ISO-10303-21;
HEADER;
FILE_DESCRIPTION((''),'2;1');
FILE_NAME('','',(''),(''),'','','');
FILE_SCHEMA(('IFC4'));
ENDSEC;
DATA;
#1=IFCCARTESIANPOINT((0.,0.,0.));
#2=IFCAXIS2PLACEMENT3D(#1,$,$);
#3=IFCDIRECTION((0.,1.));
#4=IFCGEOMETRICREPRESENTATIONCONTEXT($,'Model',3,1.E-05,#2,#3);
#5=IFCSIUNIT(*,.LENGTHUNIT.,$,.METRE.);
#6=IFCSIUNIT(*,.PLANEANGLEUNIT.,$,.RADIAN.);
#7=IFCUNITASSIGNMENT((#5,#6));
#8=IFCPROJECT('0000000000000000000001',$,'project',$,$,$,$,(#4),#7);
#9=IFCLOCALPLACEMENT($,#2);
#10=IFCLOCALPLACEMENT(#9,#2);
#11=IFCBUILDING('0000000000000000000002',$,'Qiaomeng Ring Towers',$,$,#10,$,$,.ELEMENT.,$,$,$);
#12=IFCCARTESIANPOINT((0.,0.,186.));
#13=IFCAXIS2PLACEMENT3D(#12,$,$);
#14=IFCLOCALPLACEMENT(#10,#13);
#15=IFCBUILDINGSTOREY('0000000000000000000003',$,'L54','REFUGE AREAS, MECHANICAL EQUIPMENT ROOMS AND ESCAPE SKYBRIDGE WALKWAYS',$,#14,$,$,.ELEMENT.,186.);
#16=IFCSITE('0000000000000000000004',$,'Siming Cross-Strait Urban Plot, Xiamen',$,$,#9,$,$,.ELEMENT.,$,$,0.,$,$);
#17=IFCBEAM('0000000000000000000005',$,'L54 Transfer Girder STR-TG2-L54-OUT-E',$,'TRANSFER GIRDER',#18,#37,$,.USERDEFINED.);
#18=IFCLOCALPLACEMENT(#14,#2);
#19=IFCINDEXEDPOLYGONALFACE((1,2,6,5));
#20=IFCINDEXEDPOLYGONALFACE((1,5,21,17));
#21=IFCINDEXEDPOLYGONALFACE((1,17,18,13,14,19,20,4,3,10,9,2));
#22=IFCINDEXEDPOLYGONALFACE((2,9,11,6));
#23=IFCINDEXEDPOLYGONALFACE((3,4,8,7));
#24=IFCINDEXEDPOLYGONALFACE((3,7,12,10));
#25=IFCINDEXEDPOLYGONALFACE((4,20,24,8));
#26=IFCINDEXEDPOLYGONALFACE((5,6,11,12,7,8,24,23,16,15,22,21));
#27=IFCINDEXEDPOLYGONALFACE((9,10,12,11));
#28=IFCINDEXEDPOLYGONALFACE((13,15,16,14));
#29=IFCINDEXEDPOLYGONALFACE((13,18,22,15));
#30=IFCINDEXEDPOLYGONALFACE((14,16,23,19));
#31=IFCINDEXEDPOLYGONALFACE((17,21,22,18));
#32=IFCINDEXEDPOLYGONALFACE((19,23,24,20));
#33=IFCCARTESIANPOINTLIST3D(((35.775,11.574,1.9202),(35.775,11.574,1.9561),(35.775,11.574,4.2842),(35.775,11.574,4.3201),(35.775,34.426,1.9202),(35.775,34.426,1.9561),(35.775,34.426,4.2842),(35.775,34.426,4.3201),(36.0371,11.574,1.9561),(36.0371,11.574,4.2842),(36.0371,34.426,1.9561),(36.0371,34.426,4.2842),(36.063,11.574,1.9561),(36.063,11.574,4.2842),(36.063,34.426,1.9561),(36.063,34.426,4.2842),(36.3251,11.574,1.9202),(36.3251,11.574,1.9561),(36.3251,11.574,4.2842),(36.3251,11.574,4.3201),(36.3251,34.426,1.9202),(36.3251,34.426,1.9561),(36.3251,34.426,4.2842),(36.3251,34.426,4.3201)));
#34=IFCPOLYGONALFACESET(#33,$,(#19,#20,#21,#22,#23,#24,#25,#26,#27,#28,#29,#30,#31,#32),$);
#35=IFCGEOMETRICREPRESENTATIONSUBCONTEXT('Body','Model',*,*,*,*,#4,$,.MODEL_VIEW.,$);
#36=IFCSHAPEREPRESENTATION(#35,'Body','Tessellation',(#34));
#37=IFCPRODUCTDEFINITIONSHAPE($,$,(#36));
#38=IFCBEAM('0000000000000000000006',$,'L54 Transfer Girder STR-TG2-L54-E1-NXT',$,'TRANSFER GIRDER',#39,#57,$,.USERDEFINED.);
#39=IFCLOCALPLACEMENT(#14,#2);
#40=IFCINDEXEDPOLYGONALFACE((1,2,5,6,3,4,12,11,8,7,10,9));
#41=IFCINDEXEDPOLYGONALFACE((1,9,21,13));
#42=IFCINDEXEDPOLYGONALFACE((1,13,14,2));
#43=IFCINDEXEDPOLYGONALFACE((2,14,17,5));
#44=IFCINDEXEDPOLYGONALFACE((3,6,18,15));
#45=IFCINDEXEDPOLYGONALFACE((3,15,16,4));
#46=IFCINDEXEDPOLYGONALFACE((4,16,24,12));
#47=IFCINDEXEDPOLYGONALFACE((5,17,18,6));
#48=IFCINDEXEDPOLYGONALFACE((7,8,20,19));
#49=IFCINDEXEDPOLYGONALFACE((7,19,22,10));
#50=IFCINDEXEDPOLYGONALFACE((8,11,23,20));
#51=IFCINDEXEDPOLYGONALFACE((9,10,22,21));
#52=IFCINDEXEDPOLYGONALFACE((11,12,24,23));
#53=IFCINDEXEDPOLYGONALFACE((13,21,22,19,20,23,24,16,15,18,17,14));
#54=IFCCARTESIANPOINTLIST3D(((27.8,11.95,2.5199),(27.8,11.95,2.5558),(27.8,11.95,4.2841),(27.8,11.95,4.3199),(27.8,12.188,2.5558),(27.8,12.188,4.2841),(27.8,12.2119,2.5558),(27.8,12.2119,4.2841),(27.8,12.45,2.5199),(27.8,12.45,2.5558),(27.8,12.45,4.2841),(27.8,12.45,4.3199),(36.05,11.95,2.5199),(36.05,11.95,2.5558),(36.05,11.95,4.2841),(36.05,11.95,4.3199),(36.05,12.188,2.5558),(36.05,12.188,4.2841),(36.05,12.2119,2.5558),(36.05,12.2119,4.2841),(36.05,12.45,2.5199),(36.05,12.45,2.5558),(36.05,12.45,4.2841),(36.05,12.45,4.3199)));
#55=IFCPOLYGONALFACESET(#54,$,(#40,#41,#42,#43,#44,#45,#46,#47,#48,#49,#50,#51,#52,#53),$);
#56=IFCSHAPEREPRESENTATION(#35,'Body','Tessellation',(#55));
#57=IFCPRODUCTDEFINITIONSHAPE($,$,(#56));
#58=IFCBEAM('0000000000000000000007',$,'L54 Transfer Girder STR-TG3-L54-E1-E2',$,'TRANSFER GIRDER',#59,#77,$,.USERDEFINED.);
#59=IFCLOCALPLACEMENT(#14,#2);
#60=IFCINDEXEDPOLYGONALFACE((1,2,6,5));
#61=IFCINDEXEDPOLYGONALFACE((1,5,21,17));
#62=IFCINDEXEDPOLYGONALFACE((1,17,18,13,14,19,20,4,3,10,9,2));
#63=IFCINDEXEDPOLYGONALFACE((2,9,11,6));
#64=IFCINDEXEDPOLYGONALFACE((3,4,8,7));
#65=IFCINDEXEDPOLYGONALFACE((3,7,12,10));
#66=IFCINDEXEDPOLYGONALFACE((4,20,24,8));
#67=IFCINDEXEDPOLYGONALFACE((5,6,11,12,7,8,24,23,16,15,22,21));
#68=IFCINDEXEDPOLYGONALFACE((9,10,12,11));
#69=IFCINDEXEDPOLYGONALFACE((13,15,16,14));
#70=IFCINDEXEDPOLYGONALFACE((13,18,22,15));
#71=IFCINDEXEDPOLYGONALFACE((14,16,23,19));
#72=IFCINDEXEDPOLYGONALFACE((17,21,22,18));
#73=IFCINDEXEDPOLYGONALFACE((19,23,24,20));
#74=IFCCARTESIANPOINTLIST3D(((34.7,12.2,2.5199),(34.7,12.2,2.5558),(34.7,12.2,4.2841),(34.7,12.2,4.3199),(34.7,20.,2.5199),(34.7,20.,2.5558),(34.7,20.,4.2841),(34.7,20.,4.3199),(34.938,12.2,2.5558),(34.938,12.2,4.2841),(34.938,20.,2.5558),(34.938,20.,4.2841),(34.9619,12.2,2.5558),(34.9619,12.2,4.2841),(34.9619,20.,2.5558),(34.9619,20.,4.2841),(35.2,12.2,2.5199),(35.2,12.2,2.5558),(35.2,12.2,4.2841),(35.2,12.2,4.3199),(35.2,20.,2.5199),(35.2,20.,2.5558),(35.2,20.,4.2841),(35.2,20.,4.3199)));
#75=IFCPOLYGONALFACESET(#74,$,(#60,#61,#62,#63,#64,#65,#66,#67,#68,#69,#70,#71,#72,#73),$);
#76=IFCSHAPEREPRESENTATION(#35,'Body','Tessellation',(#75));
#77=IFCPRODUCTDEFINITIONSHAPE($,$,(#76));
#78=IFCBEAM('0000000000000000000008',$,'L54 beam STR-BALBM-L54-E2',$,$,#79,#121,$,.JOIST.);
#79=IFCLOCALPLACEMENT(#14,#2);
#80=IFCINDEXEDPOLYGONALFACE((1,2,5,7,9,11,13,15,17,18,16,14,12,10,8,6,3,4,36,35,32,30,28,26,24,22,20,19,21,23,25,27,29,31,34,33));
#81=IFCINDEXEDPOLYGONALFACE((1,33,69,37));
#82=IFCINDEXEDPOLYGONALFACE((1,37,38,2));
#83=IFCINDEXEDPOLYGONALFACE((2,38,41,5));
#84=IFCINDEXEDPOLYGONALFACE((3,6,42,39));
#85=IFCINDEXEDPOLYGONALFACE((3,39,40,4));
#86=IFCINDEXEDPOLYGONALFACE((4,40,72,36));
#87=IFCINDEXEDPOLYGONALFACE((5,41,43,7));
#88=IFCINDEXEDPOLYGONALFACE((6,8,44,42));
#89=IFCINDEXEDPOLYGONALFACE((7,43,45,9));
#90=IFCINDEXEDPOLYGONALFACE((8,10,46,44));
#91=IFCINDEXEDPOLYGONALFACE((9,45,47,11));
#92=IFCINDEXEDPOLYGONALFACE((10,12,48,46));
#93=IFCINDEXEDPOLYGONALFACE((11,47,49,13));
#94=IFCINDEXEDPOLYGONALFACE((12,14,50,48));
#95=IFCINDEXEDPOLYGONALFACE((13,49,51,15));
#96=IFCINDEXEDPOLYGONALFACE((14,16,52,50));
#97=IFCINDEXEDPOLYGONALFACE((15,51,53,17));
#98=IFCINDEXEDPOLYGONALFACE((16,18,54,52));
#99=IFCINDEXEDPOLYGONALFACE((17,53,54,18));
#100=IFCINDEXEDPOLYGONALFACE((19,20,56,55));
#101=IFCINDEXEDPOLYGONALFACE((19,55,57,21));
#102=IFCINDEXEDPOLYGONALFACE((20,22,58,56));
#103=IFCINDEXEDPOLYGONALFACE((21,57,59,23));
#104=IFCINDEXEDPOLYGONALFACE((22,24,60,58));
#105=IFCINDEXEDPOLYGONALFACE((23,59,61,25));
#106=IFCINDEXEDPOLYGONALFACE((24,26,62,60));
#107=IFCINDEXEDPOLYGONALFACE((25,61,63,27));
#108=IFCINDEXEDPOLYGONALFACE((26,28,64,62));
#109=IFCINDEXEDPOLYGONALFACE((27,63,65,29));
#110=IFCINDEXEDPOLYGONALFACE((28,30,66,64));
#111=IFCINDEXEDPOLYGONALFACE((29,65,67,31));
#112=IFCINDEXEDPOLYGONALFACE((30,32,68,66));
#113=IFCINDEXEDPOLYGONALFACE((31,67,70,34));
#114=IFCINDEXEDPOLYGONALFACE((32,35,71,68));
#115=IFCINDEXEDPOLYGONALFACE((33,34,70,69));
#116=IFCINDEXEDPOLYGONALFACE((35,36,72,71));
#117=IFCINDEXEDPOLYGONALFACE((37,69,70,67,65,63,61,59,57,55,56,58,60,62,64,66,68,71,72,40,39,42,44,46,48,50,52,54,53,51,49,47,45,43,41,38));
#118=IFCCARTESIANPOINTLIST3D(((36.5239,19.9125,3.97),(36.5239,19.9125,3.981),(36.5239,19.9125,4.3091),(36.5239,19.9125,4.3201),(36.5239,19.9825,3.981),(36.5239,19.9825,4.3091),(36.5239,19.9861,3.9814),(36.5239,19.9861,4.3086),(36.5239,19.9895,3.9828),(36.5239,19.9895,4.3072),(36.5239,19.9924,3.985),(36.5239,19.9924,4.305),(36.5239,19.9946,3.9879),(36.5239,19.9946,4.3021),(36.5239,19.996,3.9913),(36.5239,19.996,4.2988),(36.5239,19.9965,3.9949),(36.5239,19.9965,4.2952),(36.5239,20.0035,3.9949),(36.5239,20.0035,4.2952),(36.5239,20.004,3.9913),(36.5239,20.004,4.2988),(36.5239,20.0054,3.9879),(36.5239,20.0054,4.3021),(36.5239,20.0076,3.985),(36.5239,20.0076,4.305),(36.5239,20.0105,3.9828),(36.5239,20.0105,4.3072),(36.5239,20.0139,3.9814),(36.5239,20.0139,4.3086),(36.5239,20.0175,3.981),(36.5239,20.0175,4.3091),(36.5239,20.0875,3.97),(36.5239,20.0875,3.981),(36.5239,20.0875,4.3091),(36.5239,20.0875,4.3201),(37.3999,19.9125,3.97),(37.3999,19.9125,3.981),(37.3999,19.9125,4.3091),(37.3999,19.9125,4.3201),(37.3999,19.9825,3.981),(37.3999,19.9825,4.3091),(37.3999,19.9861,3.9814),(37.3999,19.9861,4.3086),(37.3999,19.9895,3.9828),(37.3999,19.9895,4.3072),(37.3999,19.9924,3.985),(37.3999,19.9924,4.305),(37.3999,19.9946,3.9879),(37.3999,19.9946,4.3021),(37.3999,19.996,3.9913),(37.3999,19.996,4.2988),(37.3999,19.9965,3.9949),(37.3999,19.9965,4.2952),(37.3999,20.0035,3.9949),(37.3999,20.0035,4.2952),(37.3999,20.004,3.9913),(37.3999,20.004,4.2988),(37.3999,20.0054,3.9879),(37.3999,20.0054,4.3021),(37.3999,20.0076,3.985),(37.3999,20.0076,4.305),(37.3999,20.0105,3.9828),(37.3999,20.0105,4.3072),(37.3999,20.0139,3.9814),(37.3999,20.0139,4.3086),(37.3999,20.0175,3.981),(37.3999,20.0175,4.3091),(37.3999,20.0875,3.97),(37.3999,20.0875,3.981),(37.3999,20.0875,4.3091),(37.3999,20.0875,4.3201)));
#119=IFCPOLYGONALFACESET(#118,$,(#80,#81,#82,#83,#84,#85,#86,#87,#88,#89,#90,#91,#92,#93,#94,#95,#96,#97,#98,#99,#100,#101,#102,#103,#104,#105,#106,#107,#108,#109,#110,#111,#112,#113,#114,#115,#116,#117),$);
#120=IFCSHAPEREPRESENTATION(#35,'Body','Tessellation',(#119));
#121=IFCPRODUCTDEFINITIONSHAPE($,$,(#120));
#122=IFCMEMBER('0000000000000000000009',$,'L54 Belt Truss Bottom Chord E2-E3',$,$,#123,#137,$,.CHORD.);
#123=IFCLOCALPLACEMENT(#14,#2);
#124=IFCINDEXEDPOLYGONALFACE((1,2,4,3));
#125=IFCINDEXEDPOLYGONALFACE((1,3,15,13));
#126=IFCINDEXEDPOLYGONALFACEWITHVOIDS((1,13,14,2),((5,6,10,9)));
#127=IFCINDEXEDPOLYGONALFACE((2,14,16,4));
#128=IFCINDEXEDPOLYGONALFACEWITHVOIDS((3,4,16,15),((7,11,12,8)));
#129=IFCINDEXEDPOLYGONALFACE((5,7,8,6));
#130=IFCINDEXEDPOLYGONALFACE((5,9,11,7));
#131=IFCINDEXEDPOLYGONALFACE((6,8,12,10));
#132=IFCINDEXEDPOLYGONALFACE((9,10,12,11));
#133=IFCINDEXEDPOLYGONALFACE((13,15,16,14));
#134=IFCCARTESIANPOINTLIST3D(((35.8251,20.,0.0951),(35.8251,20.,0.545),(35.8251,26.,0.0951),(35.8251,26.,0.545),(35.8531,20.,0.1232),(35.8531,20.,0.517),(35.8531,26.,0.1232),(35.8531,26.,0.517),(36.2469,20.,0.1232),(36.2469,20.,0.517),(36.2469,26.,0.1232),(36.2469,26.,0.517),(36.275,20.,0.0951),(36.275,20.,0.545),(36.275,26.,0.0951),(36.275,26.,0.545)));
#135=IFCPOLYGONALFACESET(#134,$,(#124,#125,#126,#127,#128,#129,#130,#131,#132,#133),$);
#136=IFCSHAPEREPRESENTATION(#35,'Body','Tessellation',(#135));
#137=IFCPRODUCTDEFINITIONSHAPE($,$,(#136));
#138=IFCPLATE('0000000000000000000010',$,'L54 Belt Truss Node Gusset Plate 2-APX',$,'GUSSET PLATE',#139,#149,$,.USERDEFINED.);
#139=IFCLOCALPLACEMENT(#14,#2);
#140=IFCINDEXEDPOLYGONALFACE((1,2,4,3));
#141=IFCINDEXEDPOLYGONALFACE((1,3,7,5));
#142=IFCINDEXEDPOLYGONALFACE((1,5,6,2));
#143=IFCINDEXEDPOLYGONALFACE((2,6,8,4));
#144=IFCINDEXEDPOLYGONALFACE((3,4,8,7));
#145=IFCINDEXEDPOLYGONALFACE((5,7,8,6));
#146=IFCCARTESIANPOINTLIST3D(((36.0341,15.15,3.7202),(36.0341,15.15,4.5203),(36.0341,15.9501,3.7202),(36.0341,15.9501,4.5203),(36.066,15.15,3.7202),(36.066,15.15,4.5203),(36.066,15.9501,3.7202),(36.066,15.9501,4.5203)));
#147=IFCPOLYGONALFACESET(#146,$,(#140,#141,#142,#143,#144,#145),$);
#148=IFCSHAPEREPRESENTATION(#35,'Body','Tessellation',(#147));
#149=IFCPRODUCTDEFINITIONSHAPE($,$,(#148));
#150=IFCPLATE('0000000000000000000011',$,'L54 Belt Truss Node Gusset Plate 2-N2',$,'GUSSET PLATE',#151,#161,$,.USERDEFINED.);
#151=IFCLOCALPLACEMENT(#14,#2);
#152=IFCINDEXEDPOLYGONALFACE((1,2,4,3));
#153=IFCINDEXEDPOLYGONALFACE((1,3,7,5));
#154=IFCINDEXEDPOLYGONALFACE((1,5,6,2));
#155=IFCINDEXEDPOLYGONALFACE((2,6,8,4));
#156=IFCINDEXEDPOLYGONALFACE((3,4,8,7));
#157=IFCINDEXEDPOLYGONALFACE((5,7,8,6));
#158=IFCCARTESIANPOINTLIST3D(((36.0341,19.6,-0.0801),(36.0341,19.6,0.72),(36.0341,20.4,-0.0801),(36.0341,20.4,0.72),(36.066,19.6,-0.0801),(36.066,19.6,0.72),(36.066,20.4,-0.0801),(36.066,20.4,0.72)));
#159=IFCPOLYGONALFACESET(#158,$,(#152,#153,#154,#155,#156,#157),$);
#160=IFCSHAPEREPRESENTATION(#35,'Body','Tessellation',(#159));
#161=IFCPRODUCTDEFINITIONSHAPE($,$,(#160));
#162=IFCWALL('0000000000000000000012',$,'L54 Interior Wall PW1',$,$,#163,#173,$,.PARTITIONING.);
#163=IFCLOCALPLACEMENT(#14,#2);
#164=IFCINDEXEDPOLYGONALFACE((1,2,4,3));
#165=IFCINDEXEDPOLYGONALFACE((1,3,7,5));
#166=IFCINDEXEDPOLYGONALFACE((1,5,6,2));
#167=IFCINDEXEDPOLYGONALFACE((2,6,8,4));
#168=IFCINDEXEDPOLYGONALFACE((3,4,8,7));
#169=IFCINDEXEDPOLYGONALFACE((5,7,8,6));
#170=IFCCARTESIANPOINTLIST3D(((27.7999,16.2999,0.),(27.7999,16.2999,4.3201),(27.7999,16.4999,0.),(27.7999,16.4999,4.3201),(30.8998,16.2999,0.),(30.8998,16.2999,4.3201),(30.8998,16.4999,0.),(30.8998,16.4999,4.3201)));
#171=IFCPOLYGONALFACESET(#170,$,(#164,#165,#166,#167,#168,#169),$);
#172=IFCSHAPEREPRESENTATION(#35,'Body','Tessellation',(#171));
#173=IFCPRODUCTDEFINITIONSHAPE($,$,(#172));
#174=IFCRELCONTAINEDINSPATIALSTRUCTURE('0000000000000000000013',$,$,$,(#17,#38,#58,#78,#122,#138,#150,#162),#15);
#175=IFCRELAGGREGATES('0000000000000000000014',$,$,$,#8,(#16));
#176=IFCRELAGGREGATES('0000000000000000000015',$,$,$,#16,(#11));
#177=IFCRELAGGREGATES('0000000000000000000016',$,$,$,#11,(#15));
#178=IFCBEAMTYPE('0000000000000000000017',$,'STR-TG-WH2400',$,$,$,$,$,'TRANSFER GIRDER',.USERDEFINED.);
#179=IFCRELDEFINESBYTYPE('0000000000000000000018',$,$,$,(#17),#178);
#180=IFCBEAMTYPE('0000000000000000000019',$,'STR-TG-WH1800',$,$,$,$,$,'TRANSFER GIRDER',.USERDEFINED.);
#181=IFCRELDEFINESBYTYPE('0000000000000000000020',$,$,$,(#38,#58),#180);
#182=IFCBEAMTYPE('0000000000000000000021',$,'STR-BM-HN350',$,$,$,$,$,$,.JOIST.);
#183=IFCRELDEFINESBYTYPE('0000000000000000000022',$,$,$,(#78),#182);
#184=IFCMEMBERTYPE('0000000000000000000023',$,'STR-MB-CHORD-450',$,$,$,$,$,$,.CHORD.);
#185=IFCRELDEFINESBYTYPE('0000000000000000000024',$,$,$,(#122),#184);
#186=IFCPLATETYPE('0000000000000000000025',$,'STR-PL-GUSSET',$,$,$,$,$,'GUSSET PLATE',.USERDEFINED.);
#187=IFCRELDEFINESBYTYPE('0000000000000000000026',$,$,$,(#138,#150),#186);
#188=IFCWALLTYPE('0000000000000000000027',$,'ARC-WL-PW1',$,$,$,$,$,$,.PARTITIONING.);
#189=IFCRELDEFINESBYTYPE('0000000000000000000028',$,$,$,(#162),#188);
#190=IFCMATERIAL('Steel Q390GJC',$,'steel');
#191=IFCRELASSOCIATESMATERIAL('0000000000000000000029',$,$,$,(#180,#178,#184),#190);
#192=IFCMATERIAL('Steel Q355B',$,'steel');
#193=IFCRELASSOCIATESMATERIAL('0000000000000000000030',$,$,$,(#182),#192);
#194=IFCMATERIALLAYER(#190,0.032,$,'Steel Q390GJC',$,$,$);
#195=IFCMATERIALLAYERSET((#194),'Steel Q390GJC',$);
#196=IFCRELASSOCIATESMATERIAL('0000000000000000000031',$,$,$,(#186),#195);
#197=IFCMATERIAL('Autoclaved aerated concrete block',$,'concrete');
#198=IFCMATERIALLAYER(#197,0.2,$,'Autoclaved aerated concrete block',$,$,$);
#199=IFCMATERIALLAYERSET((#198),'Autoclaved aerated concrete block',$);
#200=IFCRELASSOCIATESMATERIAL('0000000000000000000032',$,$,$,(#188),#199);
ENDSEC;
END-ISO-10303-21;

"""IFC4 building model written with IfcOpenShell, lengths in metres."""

from ifc_helpers import new_model, si_unit, direction, frame, frame_2d, origin, origin_2d, place, context, subcontext, project, spatial, rectangle, hollow_rectangle, i_section, extrude, source, transform, mapped, material, layer, layer_set, material_profile, profile_set, type_object, element, save


model = new_model("IFC4")

# Units and contexts
model_context = context("Model", 3, precision=1e-05, world=origin(), true_north=direction((0.0, 1.0)))
body_context = subcontext(model_context, "Body", "Model", "MODEL_VIEW")
ifc_project = project(units=[si_unit("LENGTHUNIT", "METRE"), si_unit("PLANEANGLEUNIT", "RADIAN")], contexts=[model_context])

# Site, building, storey
site_placement = place(None, origin())
site = spatial("IfcSite", under=ifc_project, at=site_placement, Name="Siming Cross-Strait Urban Plot, Xiamen", CompositionType="ELEMENT", RefElevation=0.0)
building_placement = place(site_placement, origin())
building = spatial("IfcBuilding", under=site, at=building_placement, Name="Qiaomeng Ring Towers", CompositionType="ELEMENT")
storey_placement = place(building_placement, frame((0.0, 0.0, 186.0)))
storey = spatial("IfcBuildingStorey", under=building, at=storey_placement, Name="L54", Description="REFUGE AREAS, MECHANICAL EQUIPMENT ROOMS AND ESCAPE SKYBRIDGE WALKWAYS", CompositionType="ELEMENT", Elevation=186.0)

# Shared definitions
ifc_material_1 = material(Name="Steel Q390GJC", Category="steel")

# Shared definitions
ifc_material_profile_1 = material_profile(ifc_material_1, i_section(OverallWidth=0.5, OverallDepth=1.8, WebThickness=0.0239, FlangeThickness=0.0359, at=origin_2d()), Name="WH 1800x500x24x36")
ifc_profile_set_1 = profile_set([ifc_material_profile_1], Name="Steel Q390GJC")
beam_type_1 = type_object("IfcBeamType", Name="STR-TG-WH1800", ElementType="TRANSFER GIRDER", PredefinedType="USERDEFINED", material=ifc_profile_set_1)

# Beams
ifc_material_profile_2 = material_profile(ifc_material_1, i_section(OverallWidth=0.55, OverallDepth=2.3999, WebThickness=0.0259, FlangeThickness=0.0359, at=origin_2d()), Name="WH 2400x550x26x36")
ifc_profile_set_2 = profile_set([ifc_material_profile_2], Name="Steel Q390GJC")
beam_type_2 = type_object("IfcBeamType", Name="STR-TG-WH2400", ElementType="TRANSFER GIRDER", PredefinedType="USERDEFINED", material=ifc_profile_set_2)
shared_shape_1 = source(origin(), body_context, "Body", "SweptSolid", [
    extrude(i_section(OverallWidth=0.55, OverallDepth=2.3999, WebThickness=0.0259, FlangeThickness=0.0359, at=origin_2d()), origin(), (0.0, 0.0, 1.0), 22.8521),
])
beam_1_placement = place(storey_placement, frame((36.05, 11.574, 3.1201), z_axis=(0.0, 1.0, 0.0), x_axis=(-1.0, 0.0, 0.0)))
element("IfcBeam", 1, at=beam_1_placement, inside=storey, type_object=beam_type_2, Name="L54 Transfer Girder STR-TG2-L54-OUT-E", ObjectType="TRANSFER GIRDER", PredefinedType="USERDEFINED", context=body_context, shape_type="MappedRepresentation", body=[
    mapped(shared_shape_1, transform((0.0, 0.0, 0.0), x_axis=(1.0, 0.0, 0.0), y_axis=(0.0, 1.0, 0.0), z_axis=(0.0, 0.0, 1.0), scale=1.0)),
])
shared_shape_2 = source(origin(), body_context, "Body", "SweptSolid", [
    extrude(i_section(OverallWidth=0.5, OverallDepth=1.8, WebThickness=0.0239, FlangeThickness=0.0359, at=origin_2d()), origin(), (0.0, 0.0, 1.0), 8.25),
])
beam_2_placement = place(storey_placement, frame((27.8, 12.2, 3.4199), z_axis=(1.0, 0.0, 0.0), x_axis=(0.0, 1.0, 0.0)))
element("IfcBeam", 2, at=beam_2_placement, inside=storey, type_object=beam_type_1, Name="L54 Transfer Girder STR-TG2-L54-E1-NXT", ObjectType="TRANSFER GIRDER", PredefinedType="USERDEFINED", context=body_context, shape_type="MappedRepresentation", body=[
    mapped(shared_shape_2, transform((0.0, 0.0, 0.0), x_axis=(1.0, 0.0, 0.0), y_axis=(0.0, 1.0, 0.0), z_axis=(0.0, 0.0, 1.0), scale=1.0)),
])
shared_shape_3 = source(origin(), body_context, "Body", "SweptSolid", [
    extrude(i_section(OverallWidth=0.5, OverallDepth=1.8, WebThickness=0.0239, FlangeThickness=0.0359, at=origin_2d()), origin(), (0.0, 0.0, 1.0), 7.8),
])
beam_3_placement = place(storey_placement, frame((34.95, 12.2, 3.4199), z_axis=(0.0, 1.0, 0.0), x_axis=(-1.0, 0.0, 0.0)))
element("IfcBeam", 3, at=beam_3_placement, inside=storey, type_object=beam_type_1, Name="L54 Transfer Girder STR-TG3-L54-E1-E2", ObjectType="TRANSFER GIRDER", PredefinedType="USERDEFINED", context=body_context, shape_type="MappedRepresentation", body=[
    mapped(shared_shape_3, transform((0.0, 0.0, 0.0), x_axis=(1.0, 0.0, 0.0), y_axis=(0.0, 1.0, 0.0), z_axis=(0.0, 0.0, 1.0), scale=1.0)),
])
ifc_material_2 = material(Name="Steel Q355B", Category="steel")
ifc_material_profile_3 = material_profile(ifc_material_2, i_section(OverallWidth=0.175, OverallDepth=0.3501, WebThickness=0.0071, FlangeThickness=0.011, FilletRadius=0.0139, at=origin_2d()), Name="HN 350x175x7x11")
ifc_profile_set_3 = profile_set([ifc_material_profile_3], Name="Steel Q355B")
beam_type_3 = type_object("IfcBeamType", Name="STR-BM-HN350", PredefinedType="JOIST", material=ifc_profile_set_3)
shared_shape_4 = source(origin(), body_context, "Body", "SweptSolid", [
    extrude(i_section(OverallWidth=0.175, OverallDepth=0.3501, WebThickness=0.0071, FlangeThickness=0.011, FilletRadius=0.0139, at=origin_2d()), origin(), (0.0, 0.0, 1.0), 0.876),
])
beam_4_placement = place(storey_placement, frame((36.5239, 20.0, 4.145), z_axis=(1.0, 0.0, 0.0), x_axis=(0.0, 1.0, 0.0)))
element("IfcBeam", 4, at=beam_4_placement, inside=storey, type_object=beam_type_3, Name="L54 beam STR-BALBM-L54-E2", PredefinedType="JOIST", context=body_context, shape_type="MappedRepresentation", body=[
    mapped(shared_shape_4, transform((0.0, 0.0, 0.0), x_axis=(1.0, 0.0, 0.0), y_axis=(0.0, 1.0, 0.0), z_axis=(0.0, 0.0, 1.0), scale=1.0)),
])

# Member
ifc_material_profile_4 = material_profile(ifc_material_1, hollow_rectangle(XDim=0.45, YDim=0.45, WallThickness=0.0281, at=origin_2d()), Name="SHS 450x450x28")
ifc_profile_set_4 = profile_set([ifc_material_profile_4], Name="Steel Q390GJC")
member_type_1 = type_object("IfcMemberType", Name="STR-MB-CHORD-450", PredefinedType="CHORD", material=ifc_profile_set_4)
shared_shape_5 = source(origin(), body_context, "Body", "SweptSolid", [
    extrude(hollow_rectangle(XDim=0.45, YDim=0.45, WallThickness=0.0281, at=origin_2d()), origin(), (0.0, 0.0, 1.0), 6.0),
])
member_1_placement = place(storey_placement, frame((36.05, 20.0, 0.3201), z_axis=(0.0, 1.0, 0.0), x_axis=(-1.0, 0.0, 0.0)))
element("IfcMember", 5, at=member_1_placement, inside=storey, type_object=member_type_1, Name="L54 Belt Truss Bottom Chord E2-E3", PredefinedType="CHORD", context=body_context, shape_type="MappedRepresentation", body=[
    mapped(shared_shape_5, transform((0.0, 0.0, 0.0), x_axis=(1.0, 0.0, 0.0), y_axis=(0.0, 1.0, 0.0), z_axis=(0.0, 0.0, 1.0), scale=1.0)),
])

# Plates
ifc_layer_1 = layer(ifc_material_1, 0.032, Name="Steel Q390GJC")
ifc_layer_set_1 = layer_set([ifc_layer_1], Name="Steel Q390GJC")
plate_type = type_object("IfcPlateType", Name="STR-PL-GUSSET", ElementType="GUSSET PLATE", PredefinedType="USERDEFINED", material=ifc_layer_set_1)
shared_shape_6 = source(origin(), body_context, "Body", "SweptSolid", [
    extrude(rectangle(XDim=0.8, YDim=0.032, at=origin_2d()), origin(), (0.0, 0.0, 1.0), 0.8),
])
for number, where, z_axis, x_axis, name in (
    (6, (36.05, 15.55, 3.7202), (0.0, 0.0, 1.0), (0.0, 1.0, 0.0), "L54 Belt Truss Node Gusset Plate 2-APX"),
    (7, (36.05, 20.0, -0.0801), (0.0, 0.0, 1.0), (0.0, 1.0, 0.0), "L54 Belt Truss Node Gusset Plate 2-N2"),
):
    element("IfcPlate", number, at=place(storey_placement, frame(where, z_axis=z_axis, x_axis=x_axis)), inside=storey, type_object=plate_type, Name=name, ObjectType="GUSSET PLATE", PredefinedType="USERDEFINED", context=body_context, shape_type="MappedRepresentation", body=[
        mapped(shared_shape_6, transform((0.0, 0.0, 0.0), x_axis=(1.0, 0.0, 0.0), y_axis=(0.0, 1.0, 0.0), z_axis=(0.0, 0.0, 1.0), scale=1.0)),
    ])

# Wall
ifc_material_3 = material(Name="Autoclaved aerated concrete block", Category="concrete")
ifc_layer_2 = layer(ifc_material_3, 0.2, Name="Autoclaved aerated concrete block")
ifc_layer_set_2 = layer_set([ifc_layer_2], Name="Autoclaved aerated concrete block")
wall_type_1 = type_object("IfcWallType", Name="ARC-WL-PW1", PredefinedType="PARTITIONING", material=ifc_layer_set_2)
wall_1_placement = place(storey_placement, frame((27.8, 16.3999, 0.0), z_axis=(0.0, 0.0, 1.0), x_axis=(1.0, 0.0, 0.0)))
element("IfcWall", 8, at=wall_1_placement, inside=storey, type_object=wall_type_1, Name="L54 Interior Wall PW1", PredefinedType="PARTITIONING", context=body_context, shape_type="SweptSolid", body=[
    extrude(rectangle(XDim=3.0999, YDim=0.2, at=frame_2d((1.5498, 0.0))), origin(), (0.0, 0.0, 1.0), 4.3201),
])

save(model, "model.ifc")
